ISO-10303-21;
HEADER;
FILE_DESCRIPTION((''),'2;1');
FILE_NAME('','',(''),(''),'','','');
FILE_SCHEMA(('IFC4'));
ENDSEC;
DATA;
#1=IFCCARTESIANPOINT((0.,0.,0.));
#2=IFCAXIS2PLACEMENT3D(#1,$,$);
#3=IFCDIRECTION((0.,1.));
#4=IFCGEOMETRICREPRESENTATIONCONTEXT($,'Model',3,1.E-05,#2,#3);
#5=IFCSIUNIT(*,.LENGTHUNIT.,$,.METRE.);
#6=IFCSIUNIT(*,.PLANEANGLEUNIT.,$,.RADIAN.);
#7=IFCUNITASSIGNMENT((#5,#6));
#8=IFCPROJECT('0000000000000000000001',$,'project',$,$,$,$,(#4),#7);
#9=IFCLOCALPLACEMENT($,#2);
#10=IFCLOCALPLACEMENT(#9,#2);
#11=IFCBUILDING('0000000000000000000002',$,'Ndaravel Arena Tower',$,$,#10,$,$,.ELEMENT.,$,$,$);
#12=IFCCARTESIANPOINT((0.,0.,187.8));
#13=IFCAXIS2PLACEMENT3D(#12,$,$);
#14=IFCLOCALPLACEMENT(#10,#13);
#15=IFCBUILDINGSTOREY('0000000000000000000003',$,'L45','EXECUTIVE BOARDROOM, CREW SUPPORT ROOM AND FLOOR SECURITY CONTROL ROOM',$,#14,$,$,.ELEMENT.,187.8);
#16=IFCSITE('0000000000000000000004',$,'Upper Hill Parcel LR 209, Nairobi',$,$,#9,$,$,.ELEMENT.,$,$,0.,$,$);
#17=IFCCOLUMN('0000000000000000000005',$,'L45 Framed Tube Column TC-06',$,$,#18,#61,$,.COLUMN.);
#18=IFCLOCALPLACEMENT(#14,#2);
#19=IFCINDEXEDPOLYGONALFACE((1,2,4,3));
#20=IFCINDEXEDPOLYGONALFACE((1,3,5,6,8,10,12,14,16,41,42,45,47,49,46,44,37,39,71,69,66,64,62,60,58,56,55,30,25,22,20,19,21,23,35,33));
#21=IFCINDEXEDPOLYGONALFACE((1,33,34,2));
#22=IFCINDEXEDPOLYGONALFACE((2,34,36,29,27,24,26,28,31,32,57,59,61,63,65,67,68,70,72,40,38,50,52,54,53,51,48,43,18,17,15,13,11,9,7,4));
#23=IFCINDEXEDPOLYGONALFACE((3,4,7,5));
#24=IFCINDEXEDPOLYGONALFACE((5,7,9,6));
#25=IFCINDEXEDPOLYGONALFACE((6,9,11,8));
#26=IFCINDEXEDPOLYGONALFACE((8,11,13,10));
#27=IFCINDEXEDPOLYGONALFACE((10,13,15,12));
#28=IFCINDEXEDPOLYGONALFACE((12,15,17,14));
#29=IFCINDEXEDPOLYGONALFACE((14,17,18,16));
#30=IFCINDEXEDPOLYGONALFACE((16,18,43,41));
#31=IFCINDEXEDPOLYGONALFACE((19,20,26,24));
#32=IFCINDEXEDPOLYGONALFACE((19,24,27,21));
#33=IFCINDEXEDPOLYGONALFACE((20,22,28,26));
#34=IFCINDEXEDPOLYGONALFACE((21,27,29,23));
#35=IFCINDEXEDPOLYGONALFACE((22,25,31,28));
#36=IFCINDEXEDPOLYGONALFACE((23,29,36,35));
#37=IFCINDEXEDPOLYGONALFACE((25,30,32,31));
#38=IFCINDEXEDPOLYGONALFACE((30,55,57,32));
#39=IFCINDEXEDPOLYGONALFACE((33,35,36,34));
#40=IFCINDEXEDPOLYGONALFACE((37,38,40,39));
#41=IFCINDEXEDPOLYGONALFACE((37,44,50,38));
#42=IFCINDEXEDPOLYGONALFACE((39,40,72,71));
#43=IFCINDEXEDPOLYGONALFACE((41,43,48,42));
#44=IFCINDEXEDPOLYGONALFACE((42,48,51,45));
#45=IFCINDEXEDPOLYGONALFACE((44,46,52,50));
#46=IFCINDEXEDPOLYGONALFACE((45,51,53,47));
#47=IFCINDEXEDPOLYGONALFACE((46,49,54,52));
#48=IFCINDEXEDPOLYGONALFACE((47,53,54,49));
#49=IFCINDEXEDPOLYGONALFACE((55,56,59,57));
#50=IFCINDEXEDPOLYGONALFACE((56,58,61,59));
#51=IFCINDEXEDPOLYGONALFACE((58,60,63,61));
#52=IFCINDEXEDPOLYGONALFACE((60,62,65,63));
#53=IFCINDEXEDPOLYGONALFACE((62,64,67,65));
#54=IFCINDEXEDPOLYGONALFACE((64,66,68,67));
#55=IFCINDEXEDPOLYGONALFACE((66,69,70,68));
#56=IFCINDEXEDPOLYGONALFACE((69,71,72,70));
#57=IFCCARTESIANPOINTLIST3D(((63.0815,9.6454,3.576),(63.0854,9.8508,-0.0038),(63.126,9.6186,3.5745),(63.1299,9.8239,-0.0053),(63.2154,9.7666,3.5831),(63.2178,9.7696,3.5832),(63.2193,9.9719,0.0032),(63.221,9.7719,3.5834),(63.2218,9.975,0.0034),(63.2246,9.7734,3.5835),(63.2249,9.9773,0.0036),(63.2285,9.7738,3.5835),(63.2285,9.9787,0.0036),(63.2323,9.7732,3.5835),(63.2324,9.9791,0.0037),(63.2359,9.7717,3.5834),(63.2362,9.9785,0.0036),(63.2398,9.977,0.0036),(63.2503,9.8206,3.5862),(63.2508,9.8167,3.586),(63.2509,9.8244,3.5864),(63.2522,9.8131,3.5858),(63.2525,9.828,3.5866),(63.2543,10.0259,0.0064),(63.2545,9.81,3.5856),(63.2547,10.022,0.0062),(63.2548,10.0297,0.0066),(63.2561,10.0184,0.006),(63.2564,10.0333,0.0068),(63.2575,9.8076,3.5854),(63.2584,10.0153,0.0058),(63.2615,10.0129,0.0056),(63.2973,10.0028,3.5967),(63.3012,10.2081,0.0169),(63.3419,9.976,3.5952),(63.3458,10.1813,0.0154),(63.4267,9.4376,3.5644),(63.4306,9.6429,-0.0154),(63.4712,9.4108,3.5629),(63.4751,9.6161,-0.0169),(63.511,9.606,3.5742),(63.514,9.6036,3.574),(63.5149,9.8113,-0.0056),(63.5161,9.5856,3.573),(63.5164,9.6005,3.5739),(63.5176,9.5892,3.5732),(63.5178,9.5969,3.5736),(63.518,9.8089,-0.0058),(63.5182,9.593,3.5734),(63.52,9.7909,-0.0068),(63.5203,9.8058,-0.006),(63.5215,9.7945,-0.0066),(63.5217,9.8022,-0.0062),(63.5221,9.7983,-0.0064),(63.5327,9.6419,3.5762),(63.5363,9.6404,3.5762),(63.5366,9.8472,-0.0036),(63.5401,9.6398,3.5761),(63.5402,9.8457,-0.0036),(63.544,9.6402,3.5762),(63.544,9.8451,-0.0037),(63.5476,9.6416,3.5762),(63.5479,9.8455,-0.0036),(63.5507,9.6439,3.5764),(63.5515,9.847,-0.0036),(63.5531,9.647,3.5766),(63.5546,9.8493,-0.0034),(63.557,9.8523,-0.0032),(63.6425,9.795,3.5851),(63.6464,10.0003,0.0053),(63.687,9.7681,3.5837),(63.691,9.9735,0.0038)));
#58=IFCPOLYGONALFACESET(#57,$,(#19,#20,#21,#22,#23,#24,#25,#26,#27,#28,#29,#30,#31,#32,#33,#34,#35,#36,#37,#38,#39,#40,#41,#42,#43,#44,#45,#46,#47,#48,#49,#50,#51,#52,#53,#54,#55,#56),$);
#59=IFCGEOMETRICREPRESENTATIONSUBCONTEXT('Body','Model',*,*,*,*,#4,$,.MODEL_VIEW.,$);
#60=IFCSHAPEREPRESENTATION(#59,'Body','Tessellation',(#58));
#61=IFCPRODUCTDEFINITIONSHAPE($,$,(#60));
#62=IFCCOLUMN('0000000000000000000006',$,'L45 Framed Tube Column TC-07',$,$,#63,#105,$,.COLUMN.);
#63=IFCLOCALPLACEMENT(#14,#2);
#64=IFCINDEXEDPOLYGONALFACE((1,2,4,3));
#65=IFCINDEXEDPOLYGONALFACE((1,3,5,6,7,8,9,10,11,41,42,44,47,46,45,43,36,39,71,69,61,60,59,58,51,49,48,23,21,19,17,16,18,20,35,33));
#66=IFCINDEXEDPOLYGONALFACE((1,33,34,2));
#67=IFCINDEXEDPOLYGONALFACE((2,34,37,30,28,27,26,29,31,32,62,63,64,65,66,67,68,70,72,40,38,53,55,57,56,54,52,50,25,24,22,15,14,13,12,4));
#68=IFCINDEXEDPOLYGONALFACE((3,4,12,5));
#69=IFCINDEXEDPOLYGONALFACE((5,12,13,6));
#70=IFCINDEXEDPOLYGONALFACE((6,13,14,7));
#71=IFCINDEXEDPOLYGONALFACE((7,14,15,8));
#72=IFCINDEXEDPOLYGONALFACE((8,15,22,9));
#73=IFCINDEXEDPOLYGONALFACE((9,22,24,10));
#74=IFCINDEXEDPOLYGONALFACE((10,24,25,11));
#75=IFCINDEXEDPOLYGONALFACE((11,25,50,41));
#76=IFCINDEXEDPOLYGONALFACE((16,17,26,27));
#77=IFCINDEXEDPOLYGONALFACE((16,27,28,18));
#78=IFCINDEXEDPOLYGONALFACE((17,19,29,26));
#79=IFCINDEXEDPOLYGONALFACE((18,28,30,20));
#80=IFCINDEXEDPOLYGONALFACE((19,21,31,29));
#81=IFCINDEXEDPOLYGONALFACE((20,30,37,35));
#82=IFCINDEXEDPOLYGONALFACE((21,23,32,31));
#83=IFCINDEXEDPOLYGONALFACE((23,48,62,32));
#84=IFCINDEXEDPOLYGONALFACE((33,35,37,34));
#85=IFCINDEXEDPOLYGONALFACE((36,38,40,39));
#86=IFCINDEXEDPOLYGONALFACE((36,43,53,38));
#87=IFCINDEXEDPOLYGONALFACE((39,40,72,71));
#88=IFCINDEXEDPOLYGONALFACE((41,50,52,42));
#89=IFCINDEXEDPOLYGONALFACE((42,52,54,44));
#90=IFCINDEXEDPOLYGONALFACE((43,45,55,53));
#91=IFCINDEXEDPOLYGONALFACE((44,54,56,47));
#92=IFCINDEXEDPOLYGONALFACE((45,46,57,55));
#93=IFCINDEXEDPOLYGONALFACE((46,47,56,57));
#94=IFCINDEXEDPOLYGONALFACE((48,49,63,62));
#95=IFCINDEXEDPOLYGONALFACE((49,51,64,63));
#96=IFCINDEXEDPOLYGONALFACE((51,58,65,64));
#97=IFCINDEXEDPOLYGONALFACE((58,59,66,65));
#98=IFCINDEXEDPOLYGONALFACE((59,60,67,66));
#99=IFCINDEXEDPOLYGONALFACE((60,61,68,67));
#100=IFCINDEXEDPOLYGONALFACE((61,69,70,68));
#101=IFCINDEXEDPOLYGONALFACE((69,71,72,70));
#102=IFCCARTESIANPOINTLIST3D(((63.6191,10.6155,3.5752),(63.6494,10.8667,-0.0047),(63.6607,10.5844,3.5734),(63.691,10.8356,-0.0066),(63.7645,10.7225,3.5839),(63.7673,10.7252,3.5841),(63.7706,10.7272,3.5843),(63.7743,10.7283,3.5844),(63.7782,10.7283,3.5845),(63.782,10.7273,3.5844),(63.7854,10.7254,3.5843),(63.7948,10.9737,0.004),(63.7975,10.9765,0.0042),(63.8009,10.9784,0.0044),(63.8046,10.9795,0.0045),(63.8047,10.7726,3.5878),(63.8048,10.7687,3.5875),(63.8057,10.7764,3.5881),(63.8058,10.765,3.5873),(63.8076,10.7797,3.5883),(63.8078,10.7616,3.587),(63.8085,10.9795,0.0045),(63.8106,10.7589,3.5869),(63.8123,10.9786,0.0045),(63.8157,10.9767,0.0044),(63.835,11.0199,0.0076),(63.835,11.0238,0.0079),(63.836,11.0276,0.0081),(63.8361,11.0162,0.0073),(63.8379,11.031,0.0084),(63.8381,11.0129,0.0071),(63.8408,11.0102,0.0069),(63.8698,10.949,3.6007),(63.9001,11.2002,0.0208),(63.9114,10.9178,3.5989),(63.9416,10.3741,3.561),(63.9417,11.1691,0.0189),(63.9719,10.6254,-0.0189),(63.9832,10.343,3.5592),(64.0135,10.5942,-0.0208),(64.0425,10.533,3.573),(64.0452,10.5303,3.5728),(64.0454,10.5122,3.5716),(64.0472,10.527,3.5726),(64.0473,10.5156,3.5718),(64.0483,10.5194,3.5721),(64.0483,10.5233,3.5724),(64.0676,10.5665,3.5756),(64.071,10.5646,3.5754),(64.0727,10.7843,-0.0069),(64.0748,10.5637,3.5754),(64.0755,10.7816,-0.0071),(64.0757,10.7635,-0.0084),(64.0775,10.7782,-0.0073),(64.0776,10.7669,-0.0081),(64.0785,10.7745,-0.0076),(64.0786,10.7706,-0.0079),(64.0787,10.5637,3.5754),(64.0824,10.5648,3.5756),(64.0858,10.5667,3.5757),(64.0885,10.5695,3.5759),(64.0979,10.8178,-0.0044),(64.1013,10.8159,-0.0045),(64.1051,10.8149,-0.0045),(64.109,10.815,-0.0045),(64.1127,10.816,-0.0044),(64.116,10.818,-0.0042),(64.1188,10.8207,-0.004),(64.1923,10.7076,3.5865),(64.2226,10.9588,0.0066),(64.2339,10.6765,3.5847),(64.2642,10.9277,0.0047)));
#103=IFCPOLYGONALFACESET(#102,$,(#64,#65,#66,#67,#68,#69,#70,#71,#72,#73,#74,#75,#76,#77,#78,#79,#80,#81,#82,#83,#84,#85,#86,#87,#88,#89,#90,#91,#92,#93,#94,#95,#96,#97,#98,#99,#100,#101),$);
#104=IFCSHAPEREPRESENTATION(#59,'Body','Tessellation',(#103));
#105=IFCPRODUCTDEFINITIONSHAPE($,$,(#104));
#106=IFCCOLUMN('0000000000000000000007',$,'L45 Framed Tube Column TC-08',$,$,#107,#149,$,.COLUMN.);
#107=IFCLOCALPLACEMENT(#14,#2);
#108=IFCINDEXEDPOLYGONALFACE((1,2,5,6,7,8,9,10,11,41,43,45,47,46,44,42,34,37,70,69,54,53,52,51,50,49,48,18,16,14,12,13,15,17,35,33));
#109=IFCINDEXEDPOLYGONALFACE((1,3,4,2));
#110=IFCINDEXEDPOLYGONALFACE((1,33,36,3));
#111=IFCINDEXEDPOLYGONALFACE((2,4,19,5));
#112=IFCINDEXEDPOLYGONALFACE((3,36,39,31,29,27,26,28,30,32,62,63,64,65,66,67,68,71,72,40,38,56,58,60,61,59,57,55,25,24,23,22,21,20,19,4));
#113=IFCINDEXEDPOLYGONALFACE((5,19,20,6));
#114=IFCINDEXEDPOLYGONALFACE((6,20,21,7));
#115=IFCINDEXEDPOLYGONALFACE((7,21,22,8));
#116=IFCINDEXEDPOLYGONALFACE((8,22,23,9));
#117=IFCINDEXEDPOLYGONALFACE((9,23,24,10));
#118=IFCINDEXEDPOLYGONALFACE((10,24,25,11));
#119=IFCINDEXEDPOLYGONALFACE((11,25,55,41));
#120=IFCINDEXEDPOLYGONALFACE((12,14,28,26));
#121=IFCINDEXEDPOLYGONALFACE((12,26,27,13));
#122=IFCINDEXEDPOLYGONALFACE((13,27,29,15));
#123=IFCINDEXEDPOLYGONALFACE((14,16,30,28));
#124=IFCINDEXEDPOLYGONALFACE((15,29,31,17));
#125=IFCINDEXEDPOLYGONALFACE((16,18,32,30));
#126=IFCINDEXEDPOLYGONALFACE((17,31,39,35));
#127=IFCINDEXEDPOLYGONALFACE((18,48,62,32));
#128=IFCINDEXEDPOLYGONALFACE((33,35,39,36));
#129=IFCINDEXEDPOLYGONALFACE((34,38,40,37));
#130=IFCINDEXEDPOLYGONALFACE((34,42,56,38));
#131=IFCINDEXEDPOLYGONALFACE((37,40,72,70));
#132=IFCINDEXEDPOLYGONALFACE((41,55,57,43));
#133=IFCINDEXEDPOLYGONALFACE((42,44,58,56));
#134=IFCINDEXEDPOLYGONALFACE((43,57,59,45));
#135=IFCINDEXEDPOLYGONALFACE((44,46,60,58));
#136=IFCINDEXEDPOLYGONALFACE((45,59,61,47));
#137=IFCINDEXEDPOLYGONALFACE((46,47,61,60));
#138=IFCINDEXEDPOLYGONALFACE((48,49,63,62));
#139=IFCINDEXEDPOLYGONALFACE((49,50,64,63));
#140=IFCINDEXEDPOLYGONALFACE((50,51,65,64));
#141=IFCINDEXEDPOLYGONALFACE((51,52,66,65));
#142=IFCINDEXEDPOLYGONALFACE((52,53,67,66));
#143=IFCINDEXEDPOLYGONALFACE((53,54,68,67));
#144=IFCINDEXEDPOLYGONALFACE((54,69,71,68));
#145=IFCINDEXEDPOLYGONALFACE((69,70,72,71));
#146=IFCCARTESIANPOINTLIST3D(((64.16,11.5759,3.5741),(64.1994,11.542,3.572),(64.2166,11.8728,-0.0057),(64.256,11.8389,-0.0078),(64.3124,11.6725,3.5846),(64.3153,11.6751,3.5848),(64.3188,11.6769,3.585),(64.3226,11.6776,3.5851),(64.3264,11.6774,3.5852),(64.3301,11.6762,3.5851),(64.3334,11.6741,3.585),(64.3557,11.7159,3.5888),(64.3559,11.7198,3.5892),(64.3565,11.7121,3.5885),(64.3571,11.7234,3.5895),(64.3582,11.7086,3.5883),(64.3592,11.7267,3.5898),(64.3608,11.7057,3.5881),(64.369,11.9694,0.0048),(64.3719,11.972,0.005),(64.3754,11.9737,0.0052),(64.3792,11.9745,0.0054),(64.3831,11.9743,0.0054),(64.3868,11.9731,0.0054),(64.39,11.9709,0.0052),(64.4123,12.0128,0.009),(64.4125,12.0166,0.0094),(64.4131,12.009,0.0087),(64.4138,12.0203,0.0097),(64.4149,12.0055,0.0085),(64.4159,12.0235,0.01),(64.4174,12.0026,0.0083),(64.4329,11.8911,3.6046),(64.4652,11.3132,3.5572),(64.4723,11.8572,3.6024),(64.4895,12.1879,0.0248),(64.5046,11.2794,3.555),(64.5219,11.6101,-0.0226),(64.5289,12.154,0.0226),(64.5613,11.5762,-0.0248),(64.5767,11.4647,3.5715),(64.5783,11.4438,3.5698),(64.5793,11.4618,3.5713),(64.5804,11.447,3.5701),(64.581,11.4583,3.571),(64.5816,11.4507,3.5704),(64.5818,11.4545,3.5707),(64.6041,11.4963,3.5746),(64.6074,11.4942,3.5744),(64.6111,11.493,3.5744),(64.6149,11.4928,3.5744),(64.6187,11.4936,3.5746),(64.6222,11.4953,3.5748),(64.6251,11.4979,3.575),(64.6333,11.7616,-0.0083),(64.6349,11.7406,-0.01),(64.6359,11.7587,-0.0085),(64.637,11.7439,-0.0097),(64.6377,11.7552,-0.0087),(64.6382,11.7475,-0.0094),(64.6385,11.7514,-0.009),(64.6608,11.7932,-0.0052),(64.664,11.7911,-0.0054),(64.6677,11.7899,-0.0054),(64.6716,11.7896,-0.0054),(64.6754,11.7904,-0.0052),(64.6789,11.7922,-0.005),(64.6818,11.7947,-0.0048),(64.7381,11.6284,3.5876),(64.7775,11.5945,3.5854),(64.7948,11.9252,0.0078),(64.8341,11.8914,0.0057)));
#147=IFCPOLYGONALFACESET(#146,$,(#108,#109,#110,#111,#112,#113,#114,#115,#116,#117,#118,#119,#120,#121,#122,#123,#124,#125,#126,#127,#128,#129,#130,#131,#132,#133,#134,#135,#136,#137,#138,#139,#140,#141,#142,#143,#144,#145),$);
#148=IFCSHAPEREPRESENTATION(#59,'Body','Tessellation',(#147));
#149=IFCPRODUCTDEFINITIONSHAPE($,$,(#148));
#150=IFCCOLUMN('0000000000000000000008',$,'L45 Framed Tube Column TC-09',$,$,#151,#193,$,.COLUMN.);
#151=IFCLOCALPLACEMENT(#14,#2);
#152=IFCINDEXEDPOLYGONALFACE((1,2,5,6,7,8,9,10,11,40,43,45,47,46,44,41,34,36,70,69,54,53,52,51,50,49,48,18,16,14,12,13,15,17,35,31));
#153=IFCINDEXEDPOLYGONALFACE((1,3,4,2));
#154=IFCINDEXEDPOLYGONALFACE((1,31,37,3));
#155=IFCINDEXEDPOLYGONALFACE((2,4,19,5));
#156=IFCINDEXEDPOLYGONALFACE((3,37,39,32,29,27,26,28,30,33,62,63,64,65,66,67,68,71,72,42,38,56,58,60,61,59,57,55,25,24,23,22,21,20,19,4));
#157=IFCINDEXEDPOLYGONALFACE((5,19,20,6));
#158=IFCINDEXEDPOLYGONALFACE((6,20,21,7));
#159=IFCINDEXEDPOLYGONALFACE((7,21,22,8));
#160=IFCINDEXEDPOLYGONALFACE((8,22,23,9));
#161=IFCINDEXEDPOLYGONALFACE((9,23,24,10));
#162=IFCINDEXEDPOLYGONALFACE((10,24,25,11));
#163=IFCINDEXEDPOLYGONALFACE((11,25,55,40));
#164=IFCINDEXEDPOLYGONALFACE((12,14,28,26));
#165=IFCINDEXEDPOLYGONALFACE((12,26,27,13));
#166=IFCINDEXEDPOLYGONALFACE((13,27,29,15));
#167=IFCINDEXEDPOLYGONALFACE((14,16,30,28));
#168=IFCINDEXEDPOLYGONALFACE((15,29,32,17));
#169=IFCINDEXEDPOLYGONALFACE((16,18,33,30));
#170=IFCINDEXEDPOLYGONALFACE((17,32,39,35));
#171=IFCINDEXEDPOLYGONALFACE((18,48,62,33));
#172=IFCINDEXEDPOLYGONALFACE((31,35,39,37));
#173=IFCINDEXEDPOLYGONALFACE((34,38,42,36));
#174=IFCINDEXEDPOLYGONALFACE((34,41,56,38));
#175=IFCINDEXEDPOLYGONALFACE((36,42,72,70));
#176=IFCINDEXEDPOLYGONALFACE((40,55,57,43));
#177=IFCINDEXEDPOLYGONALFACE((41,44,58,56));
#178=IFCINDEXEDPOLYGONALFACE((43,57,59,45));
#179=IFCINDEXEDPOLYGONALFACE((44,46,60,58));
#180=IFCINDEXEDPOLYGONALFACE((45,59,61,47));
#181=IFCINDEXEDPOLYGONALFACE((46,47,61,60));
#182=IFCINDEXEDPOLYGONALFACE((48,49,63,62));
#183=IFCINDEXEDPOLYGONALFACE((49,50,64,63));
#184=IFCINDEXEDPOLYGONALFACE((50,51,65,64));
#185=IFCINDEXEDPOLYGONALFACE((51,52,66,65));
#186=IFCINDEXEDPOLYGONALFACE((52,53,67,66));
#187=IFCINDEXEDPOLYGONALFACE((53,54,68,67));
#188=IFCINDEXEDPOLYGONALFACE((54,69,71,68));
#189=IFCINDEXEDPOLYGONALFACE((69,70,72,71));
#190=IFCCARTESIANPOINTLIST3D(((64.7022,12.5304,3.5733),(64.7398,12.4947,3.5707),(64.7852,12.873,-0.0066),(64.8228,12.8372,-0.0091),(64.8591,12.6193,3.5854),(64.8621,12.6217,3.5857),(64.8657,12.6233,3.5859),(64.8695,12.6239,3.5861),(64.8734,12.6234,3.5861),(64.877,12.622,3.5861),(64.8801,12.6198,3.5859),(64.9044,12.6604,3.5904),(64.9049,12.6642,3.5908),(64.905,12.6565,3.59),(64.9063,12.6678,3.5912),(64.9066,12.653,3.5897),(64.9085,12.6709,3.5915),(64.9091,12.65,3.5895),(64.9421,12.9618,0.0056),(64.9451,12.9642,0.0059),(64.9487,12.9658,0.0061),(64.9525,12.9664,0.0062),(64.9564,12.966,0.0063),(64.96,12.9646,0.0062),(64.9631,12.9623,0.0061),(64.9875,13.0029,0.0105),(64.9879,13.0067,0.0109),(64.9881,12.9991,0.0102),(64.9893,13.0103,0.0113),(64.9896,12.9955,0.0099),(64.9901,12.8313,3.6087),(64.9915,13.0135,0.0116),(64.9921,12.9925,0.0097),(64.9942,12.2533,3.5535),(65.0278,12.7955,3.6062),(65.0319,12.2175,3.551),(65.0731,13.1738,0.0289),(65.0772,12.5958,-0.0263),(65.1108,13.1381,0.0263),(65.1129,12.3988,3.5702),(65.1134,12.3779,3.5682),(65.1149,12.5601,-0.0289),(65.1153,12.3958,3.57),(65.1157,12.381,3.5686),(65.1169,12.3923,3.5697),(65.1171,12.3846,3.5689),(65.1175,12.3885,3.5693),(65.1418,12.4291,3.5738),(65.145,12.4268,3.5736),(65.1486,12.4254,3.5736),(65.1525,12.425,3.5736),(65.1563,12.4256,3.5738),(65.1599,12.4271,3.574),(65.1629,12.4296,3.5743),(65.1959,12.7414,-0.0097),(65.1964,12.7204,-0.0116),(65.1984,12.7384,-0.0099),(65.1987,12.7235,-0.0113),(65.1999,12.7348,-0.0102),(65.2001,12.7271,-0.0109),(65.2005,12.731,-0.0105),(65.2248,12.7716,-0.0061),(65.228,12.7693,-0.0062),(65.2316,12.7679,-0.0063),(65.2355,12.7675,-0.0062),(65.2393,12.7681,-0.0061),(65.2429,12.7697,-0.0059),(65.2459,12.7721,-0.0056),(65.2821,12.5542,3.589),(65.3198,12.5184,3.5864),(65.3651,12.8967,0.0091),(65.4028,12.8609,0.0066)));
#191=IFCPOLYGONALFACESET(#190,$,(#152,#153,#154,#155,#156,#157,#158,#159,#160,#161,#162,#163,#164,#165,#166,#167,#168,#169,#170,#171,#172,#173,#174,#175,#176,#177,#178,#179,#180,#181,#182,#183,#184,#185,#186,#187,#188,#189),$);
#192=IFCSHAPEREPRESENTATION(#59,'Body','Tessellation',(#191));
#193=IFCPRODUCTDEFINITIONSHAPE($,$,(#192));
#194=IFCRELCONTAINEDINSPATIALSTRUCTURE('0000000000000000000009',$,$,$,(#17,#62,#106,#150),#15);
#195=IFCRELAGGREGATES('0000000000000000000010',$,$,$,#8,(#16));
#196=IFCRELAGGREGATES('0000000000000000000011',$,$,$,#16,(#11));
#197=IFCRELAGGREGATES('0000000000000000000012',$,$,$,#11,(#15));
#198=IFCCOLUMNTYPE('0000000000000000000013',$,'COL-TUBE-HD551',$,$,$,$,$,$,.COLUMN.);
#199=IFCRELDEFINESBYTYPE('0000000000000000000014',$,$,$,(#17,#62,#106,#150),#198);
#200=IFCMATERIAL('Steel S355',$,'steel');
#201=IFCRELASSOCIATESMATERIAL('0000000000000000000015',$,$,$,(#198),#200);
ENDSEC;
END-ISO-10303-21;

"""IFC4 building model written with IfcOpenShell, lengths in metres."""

from ifc_helpers import new_model, si_unit, direction, frame, origin, origin_2d, place, context, subcontext, project, spatial, i_section, extrude, material, material_profile, profile_set, type_object, element, save


model = new_model("IFC4")

# Units and contexts
model_context = context("Model", 3, precision=1e-05, world=origin(), true_north=direction((0.0, 1.0)))
body_context = subcontext(model_context, "Body", "Model", "MODEL_VIEW")
ifc_project = project(units=[si_unit("LENGTHUNIT", "METRE"), si_unit("PLANEANGLEUNIT", "RADIAN")], contexts=[model_context])

# Site, building, storey
site_placement = place(None, origin())
site = spatial("IfcSite", under=ifc_project, at=site_placement, Name="Upper Hill Parcel LR 209, Nairobi", CompositionType="ELEMENT", RefElevation=0.0)
building_placement = place(site_placement, origin())
building = spatial("IfcBuilding", under=site, at=building_placement, Name="Ndaravel Arena Tower", CompositionType="ELEMENT")
storey_placement = place(building_placement, frame((0.0, 0.0, 187.8)))
storey = spatial("IfcBuildingStorey", under=building, at=storey_placement, Name="L45", Description="EXECUTIVE BOARDROOM, CREW SUPPORT ROOM AND FLOOR SECURITY CONTROL ROOM", CompositionType="ELEMENT", Elevation=187.8)

# Columns
ifc_material_1 = material(Name="Steel S355", Category="steel")
ifc_material_profile_1 = material_profile(ifc_material_1, i_section(OverallWidth=0.418, OverallDepth=0.4551, WebThickness=0.042, FlangeThickness=0.052, FilletRadius=0.0149, at=origin_2d()), Name="HD 400x551")
ifc_profile_set_1 = profile_set([ifc_material_profile_1], Name="Steel S355")
column_type = type_object("IfcColumnType", Name="COL-TUBE-HD551", PredefinedType="COLUMN", material=ifc_profile_set_1)
column_1_placement = place(storey_placement, frame((63.3882, 9.9121, 0.0), z_axis=(-0.001089, -0.057261, 0.998359), x_axis=(0.516356, 0.854937, 0.049599)))
element("IfcColumn", 1, at=column_1_placement, inside=storey, type_object=column_type, Name="L45 Framed Tube Column TC-06", PredefinedType="COLUMN", context=body_context, shape_type="SweptSolid", body=[
    extrude(i_section(OverallWidth=0.418, OverallDepth=0.4551, WebThickness=0.042, FlangeThickness=0.052, FilletRadius=0.0149, at=origin_2d()), origin(), (0.0, 0.0, 1.0), 3.5857),
])
column_2_placement = place(storey_placement, frame((63.9568, 10.8972, 0.0), z_axis=(-0.008436, -0.070002, 0.997511), x_axis=(0.599762, 0.797845, 0.061062)))
element("IfcColumn", 2, at=column_2_placement, inside=storey, type_object=column_type, Name="L45 Framed Tube Column TC-07", PredefinedType="COLUMN", context=body_context, shape_type="SweptSolid", body=[
    extrude(i_section(OverallWidth=0.418, OverallDepth=0.4551, WebThickness=0.042, FlangeThickness=0.052, FilletRadius=0.0149, at=origin_2d()), origin(), (0.0, 0.0, 1.0), 3.5889),
])
column_3_placement = place(storey_placement, frame((64.5254, 11.8821, 0.0), z_axis=(-0.015766, -0.082636, 0.996455), x_axis=(0.652867, 0.753961, 0.072856)))
element("IfcColumn", 3, at=column_3_placement, inside=storey, type_object=column_type, Name="L45 Framed Tube Column TC-08", PredefinedType="COLUMN", context=body_context, shape_type="SweptSolid", body=[
    extrude(i_section(OverallWidth=0.418, OverallDepth=0.4551, WebThickness=0.042, FlangeThickness=0.052, FilletRadius=0.0149, at=origin_2d()), origin(), (0.0, 0.0, 1.0), 3.5925),
])
column_4_placement = place(storey_placement, frame((65.094, 12.8669, 0.0), z_axis=(-0.023076, -0.095223, 0.995188), x_axis=(0.68892, 0.719854, 0.084852)))
element("IfcColumn", 4, at=column_4_placement, inside=storey, type_object=column_type, Name="L45 Framed Tube Column TC-09", PredefinedType="COLUMN", context=body_context, shape_type="SweptSolid", body=[
    extrude(i_section(OverallWidth=0.418, OverallDepth=0.4551, WebThickness=0.042, FlangeThickness=0.052, FilletRadius=0.0149, at=origin_2d()), origin(), (0.0, 0.0, 1.0), 3.5972),
])

save(model, "model.ifc")
